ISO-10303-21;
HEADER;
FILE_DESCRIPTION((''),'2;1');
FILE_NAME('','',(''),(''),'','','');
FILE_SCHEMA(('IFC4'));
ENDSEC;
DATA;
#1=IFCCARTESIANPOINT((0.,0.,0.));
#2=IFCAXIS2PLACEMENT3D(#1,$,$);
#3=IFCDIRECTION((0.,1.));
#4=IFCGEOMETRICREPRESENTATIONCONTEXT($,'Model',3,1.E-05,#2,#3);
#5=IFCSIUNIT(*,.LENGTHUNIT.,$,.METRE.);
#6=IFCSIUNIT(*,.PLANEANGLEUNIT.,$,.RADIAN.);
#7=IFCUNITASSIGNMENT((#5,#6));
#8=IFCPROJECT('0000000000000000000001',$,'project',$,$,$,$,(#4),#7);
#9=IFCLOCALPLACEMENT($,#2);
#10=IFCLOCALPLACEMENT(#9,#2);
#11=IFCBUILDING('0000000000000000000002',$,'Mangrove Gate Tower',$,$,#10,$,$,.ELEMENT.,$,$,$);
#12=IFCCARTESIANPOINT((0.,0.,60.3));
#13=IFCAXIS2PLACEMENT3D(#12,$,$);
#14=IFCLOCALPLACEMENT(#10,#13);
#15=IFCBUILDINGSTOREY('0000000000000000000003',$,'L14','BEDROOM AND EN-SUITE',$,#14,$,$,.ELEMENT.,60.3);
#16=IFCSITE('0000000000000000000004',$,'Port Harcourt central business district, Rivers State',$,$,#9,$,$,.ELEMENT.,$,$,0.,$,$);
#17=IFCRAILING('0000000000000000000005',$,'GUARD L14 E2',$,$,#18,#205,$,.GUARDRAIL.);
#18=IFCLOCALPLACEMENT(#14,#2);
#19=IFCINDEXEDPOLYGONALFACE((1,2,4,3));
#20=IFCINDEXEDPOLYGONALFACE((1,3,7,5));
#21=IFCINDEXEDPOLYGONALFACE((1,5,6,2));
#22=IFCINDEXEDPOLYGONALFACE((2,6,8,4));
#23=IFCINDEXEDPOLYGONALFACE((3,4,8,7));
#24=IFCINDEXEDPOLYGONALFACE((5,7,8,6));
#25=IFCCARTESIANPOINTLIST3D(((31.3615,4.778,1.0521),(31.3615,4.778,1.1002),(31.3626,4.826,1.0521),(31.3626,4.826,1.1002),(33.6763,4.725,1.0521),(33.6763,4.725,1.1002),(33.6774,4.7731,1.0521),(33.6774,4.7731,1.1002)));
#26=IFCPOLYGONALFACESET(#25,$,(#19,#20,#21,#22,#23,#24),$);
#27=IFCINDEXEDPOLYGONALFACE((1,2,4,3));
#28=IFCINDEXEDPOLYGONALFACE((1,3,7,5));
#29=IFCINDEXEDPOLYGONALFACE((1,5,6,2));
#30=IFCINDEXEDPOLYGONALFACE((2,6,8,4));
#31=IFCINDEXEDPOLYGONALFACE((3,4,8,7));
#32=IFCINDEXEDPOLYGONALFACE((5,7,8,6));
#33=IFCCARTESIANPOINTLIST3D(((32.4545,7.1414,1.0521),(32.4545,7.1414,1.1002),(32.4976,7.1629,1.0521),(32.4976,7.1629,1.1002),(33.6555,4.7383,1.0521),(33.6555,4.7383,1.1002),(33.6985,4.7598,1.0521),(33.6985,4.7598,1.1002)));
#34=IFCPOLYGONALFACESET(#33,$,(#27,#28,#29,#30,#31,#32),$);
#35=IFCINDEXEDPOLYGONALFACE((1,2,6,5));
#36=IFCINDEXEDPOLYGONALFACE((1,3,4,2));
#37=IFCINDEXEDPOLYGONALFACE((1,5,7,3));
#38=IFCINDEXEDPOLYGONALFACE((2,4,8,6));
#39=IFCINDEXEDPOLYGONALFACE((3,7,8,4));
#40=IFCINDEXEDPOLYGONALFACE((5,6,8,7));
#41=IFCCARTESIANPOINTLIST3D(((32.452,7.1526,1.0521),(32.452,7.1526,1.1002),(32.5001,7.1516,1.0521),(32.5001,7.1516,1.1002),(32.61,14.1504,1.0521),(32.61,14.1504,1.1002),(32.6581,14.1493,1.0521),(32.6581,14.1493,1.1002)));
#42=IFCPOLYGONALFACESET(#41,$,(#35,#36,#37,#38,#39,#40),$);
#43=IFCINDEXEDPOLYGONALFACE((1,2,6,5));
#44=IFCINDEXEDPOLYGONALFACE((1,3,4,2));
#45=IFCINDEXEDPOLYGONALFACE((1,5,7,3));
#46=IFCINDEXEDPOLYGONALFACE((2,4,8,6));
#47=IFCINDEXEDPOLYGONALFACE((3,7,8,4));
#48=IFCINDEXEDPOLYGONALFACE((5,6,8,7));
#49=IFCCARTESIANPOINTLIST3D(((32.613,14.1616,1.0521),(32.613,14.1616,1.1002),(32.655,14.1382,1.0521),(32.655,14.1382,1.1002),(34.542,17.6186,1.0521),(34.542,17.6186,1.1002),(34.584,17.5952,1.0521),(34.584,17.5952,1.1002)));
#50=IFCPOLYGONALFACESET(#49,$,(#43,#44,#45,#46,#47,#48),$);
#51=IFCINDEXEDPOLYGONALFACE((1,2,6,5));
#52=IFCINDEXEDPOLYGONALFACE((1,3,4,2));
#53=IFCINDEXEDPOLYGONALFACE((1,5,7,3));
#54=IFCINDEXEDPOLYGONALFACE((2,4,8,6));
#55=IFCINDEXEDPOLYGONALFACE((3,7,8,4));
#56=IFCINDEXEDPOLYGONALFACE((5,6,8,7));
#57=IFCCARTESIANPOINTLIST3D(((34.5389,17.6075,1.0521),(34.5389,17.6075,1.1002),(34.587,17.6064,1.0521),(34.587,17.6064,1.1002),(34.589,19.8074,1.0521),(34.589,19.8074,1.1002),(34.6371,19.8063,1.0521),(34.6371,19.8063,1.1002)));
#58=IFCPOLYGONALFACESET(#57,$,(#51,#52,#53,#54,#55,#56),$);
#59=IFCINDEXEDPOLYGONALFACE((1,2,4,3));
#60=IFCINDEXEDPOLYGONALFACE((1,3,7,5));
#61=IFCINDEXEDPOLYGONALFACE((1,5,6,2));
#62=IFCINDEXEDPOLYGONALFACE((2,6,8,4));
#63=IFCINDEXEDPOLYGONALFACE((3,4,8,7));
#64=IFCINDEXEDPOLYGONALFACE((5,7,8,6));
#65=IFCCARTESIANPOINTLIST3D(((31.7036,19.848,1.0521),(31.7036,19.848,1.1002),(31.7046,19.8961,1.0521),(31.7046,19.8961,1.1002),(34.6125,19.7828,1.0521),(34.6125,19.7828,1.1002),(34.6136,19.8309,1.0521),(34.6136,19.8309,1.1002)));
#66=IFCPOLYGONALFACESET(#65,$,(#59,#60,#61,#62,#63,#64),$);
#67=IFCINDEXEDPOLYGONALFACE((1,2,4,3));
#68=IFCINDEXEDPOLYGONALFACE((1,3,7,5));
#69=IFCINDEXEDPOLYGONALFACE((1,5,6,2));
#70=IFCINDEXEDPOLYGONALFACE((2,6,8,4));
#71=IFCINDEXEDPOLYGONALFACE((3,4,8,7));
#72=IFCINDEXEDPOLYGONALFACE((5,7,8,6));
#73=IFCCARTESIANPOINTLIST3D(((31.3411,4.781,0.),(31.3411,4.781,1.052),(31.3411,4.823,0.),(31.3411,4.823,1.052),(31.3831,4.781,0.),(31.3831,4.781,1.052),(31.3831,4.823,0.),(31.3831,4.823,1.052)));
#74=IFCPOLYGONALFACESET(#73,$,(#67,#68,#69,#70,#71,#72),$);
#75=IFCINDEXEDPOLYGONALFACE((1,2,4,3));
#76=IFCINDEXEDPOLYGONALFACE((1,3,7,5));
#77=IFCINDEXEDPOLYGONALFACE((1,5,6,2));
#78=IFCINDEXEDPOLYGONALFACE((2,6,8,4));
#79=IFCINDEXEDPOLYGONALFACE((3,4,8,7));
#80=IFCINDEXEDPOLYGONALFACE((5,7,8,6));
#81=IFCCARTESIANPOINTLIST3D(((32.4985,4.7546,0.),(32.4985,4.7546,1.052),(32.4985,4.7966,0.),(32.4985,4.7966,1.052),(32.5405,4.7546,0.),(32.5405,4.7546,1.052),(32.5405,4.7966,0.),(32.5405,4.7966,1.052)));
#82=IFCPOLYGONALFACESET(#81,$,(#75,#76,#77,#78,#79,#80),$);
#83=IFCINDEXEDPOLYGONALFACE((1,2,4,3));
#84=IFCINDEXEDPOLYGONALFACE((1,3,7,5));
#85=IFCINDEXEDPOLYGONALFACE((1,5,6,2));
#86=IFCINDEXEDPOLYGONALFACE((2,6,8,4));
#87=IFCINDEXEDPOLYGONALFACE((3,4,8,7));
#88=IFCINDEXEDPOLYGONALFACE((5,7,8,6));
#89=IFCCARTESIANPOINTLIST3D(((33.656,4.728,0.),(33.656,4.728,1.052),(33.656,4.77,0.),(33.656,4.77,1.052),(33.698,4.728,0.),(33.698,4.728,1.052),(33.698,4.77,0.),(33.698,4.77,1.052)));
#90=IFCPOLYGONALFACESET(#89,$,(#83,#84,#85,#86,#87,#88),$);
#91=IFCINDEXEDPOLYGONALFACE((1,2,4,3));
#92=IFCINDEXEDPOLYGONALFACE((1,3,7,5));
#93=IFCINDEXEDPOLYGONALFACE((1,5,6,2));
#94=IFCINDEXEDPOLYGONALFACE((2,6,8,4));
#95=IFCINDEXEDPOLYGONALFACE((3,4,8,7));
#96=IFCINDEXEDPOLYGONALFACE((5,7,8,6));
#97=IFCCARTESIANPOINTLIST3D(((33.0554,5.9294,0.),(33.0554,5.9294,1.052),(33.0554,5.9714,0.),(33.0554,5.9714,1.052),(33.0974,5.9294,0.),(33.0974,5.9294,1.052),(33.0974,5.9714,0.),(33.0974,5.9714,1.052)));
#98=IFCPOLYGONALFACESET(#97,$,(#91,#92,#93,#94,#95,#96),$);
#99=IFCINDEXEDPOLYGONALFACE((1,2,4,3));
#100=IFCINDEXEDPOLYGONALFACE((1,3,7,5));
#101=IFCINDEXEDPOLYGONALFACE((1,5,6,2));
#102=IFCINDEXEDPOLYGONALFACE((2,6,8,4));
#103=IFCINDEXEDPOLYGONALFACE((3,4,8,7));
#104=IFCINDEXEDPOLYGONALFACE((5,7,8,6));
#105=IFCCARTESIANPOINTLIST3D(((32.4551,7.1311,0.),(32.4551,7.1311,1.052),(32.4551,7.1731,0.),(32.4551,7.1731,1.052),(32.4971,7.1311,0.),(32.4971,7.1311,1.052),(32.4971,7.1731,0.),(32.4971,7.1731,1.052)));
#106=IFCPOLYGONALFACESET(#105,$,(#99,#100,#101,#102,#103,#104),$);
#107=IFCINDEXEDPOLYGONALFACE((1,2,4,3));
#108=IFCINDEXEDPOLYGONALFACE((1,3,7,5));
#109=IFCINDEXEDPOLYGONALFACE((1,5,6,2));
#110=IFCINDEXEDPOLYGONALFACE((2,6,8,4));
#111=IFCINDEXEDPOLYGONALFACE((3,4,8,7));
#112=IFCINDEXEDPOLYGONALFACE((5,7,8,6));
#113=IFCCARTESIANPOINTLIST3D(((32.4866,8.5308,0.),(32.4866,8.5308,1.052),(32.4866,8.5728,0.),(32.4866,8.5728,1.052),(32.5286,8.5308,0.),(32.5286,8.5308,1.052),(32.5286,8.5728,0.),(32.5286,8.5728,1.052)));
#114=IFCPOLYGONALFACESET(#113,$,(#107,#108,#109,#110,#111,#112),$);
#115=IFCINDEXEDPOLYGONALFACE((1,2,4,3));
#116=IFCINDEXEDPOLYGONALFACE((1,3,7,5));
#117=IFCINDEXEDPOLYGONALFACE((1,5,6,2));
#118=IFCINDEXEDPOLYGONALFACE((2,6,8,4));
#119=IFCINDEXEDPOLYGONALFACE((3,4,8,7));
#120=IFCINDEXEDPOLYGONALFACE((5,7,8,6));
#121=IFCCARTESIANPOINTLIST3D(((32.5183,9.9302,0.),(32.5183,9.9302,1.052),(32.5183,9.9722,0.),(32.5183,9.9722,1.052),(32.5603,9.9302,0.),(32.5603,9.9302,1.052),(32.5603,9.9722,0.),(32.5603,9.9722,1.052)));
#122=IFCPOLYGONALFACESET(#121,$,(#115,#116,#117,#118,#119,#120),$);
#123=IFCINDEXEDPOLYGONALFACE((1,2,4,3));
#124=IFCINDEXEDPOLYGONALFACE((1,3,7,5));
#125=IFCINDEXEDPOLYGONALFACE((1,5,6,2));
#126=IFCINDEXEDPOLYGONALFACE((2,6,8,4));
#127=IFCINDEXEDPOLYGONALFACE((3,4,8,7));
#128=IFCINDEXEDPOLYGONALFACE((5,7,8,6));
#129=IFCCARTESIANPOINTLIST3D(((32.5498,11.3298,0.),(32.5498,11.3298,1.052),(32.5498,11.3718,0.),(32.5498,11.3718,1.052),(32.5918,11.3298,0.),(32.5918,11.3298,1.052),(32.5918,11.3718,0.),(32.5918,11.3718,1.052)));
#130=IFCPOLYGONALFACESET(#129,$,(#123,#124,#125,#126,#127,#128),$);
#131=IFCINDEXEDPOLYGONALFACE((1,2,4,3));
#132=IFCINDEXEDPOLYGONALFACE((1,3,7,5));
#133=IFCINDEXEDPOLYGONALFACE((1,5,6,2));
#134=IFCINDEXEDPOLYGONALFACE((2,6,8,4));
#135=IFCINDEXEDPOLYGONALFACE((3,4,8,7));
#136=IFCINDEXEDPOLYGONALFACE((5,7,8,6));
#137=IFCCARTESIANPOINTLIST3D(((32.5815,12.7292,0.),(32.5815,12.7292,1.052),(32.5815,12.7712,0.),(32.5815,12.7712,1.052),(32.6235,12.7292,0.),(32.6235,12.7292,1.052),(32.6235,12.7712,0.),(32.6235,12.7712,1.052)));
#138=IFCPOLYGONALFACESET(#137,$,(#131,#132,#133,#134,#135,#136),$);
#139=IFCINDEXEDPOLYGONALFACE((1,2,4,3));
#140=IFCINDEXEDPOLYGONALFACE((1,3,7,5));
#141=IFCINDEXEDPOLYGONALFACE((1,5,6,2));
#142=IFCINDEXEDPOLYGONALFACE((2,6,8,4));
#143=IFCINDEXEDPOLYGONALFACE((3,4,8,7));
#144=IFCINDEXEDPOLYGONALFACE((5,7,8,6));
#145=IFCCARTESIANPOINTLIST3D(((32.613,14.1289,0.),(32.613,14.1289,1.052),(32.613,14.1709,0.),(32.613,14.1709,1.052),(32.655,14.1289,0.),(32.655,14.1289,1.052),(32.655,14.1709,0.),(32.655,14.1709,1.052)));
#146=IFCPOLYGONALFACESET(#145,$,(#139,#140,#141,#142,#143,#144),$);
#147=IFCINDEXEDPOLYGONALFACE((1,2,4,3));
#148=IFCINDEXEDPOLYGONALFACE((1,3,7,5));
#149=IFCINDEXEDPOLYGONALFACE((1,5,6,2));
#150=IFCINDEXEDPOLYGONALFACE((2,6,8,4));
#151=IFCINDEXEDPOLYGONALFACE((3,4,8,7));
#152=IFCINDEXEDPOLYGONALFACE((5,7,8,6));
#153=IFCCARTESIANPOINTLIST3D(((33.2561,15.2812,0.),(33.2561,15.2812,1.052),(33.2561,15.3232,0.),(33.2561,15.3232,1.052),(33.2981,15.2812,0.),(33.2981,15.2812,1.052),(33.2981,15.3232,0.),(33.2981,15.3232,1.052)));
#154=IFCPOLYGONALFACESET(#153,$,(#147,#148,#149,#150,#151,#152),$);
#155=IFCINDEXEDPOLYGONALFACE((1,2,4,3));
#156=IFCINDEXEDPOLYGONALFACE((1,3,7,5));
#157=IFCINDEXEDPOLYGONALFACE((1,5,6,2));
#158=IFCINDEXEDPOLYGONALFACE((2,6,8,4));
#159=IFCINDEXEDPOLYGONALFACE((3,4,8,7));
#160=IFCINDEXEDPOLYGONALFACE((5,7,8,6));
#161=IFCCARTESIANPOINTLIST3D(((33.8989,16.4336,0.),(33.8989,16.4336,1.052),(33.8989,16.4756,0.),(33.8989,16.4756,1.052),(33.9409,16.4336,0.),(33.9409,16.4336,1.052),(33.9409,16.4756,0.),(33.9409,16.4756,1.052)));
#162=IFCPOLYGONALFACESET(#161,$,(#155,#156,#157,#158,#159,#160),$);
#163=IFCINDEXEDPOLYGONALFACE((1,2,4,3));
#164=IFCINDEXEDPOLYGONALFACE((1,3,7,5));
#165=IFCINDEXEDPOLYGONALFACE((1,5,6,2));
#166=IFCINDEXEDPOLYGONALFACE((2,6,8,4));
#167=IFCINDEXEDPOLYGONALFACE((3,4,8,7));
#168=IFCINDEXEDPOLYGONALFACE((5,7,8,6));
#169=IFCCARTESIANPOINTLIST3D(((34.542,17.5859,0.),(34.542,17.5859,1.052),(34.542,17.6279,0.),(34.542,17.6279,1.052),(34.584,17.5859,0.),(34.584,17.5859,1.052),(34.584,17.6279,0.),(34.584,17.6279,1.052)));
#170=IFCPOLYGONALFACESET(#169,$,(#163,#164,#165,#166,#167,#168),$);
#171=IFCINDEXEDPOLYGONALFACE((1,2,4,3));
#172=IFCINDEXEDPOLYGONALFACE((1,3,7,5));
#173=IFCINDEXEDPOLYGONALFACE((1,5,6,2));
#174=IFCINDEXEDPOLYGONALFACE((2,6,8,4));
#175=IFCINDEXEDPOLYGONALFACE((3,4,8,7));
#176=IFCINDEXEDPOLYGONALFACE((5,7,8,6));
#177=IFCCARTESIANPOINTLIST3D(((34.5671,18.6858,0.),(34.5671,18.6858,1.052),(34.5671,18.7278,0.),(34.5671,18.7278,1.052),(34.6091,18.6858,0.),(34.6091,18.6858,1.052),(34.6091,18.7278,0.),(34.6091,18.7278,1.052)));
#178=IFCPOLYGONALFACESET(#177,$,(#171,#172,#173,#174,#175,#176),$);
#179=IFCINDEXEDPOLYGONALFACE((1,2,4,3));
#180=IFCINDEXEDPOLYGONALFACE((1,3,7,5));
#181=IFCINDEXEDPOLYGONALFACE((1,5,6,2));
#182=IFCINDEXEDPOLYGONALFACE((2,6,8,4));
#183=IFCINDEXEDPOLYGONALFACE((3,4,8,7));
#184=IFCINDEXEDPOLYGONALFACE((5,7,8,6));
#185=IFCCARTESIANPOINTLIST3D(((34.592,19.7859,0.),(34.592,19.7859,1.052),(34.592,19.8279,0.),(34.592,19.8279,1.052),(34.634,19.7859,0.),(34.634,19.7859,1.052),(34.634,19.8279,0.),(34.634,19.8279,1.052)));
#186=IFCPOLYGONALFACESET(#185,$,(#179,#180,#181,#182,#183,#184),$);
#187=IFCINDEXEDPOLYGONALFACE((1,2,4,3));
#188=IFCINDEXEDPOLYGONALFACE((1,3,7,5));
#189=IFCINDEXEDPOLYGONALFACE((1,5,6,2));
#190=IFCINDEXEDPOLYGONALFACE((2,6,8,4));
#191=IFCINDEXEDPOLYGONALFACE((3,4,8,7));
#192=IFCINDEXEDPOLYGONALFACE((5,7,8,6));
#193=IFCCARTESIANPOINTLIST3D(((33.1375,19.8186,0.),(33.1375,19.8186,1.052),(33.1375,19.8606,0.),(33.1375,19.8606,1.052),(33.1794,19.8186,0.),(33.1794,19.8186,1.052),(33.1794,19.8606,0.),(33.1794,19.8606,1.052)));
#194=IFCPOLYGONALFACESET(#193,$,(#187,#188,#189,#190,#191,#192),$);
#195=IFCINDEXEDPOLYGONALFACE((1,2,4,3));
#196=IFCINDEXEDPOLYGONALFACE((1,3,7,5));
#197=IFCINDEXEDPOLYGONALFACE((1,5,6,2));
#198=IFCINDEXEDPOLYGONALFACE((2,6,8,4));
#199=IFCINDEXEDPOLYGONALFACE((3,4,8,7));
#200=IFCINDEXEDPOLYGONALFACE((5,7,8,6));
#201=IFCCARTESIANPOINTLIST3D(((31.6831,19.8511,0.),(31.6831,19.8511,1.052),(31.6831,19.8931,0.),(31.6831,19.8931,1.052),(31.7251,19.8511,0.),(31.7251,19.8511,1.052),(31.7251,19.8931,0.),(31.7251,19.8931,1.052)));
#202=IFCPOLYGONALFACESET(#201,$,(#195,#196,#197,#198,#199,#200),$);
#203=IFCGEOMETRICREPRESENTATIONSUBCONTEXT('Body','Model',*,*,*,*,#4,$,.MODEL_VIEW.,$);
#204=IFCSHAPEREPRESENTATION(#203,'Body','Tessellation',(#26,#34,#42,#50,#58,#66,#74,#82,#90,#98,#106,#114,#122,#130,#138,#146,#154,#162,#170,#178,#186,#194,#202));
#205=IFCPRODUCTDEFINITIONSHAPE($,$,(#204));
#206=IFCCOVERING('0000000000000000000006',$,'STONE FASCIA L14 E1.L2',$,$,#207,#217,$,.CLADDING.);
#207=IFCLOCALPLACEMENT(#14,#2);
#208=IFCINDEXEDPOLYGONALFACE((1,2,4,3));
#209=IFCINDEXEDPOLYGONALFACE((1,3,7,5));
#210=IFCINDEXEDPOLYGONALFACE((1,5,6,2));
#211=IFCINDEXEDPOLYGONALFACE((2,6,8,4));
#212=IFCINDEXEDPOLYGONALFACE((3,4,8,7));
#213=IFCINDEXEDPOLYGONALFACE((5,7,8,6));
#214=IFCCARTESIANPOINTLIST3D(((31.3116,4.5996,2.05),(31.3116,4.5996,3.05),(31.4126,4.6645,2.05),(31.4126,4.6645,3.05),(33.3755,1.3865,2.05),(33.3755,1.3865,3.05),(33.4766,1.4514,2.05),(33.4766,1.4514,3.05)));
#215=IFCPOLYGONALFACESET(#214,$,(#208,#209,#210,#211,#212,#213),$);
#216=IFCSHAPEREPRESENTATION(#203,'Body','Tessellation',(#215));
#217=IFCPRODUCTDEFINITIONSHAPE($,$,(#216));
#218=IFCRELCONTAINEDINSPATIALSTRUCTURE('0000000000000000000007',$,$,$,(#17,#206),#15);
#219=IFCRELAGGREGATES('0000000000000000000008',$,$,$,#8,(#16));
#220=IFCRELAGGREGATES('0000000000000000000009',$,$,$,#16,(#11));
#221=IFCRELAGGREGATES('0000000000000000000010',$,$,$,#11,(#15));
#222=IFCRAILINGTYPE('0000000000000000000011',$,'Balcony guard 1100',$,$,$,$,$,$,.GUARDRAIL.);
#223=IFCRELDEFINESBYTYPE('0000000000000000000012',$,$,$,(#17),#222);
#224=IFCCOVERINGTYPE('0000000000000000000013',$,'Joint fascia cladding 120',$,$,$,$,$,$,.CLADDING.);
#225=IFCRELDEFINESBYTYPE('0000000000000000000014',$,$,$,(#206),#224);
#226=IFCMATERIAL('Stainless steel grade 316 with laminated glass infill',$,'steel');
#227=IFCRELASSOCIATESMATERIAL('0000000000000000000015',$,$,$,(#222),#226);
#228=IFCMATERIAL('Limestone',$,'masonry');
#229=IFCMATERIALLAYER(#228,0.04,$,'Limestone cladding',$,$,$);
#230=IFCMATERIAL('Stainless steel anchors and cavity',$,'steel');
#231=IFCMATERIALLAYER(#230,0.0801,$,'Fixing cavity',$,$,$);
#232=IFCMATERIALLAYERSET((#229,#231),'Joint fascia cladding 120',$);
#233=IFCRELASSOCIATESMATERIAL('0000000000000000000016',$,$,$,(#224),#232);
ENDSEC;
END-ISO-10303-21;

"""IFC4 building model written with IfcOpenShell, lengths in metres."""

from ifc_helpers import new_model, si_unit, direction, frame, frame_2d, origin, origin_2d, place, context, subcontext, project, spatial, rectangle, extrude, material, layer, layer_set, type_object, element, save


model = new_model("IFC4")

# Units and contexts
model_context = context("Model", 3, precision=1e-05, world=origin(), true_north=direction((0.0, 1.0)))
body_context = subcontext(model_context, "Body", "Model", "MODEL_VIEW")
ifc_project = project(units=[si_unit("LENGTHUNIT", "METRE"), si_unit("PLANEANGLEUNIT", "RADIAN")], contexts=[model_context])

# Site, building, storey
site_placement = place(None, origin())
site = spatial("IfcSite", under=ifc_project, at=site_placement, Name="Port Harcourt central business district, Rivers State", CompositionType="ELEMENT", RefElevation=0.0)
building_placement = place(site_placement, origin())
building = spatial("IfcBuilding", under=site, at=building_placement, Name="Mangrove Gate Tower", CompositionType="ELEMENT")
storey_placement = place(building_placement, frame((0.0, 0.0, 60.3)))
storey = spatial("IfcBuildingStorey", under=building, at=storey_placement, Name="L14", Description="BEDROOM AND EN-SUITE", CompositionType="ELEMENT", Elevation=60.3)

# Shared definitions
ifc_material_1 = material(Name="Limestone", Category="masonry")

# Railing
ifc_material_2 = material(Name="Stainless steel grade 316 with laminated glass infill", Category="steel")
railing_type = type_object("IfcRailingType", Name="Balcony guard 1100", PredefinedType="GUARDRAIL", material=ifc_material_2)
railing_placement = place(storey_placement, frame((31.3621, 4.802, 0.0)))
element("IfcRailing", 1, at=railing_placement, inside=storey, type_object=railing_type, Name="GUARD L14 E2", PredefinedType="GUARDRAIL", context=body_context, shape_type="SweptSolid", body=[
    extrude(rectangle(XDim=0.0481, YDim=0.0481, at=origin_2d()), frame((0.0, 0.0, 1.0762), z_axis=(0.999738, -0.022879, 0.0), x_axis=(0.022879, 0.999738, 0.0)), (0.0, 0.0, 1.0), 2.3154),
    extrude(rectangle(XDim=0.0481, YDim=0.0481, at=origin_2d()), frame((2.3149, -0.053, 1.0762), z_axis=(-0.447032, 0.894518, 0.0), x_axis=(-0.894518, -0.447032, 0.0)), (0.0, 0.0, 1.0), 2.6865),
    extrude(rectangle(XDim=0.0481, YDim=0.0481, at=origin_2d()), frame((1.114, 2.3501, 1.0762), z_axis=(0.022567, 0.999745, 0.0), x_axis=(-0.999745, 0.022567, 0.0)), (0.0, 0.0, 1.0), 6.9995),
    extrude(rectangle(XDim=0.0481, YDim=0.0481, at=origin_2d()), frame((1.272, 9.3479, 1.0762), z_axis=(0.48726, 0.873257, 0.0), x_axis=(-0.873257, 0.48726, 0.0)), (0.0, 0.0, 1.0), 3.9587),
    extrude(rectangle(XDim=0.0481, YDim=0.0481, at=origin_2d()), frame((3.2009, 12.8049, 1.0762), z_axis=(0.022744, 0.999741, 0.0), x_axis=(-0.999741, 0.022744, 0.0)), (0.0, 0.0, 1.0), 2.2004),
    extrude(rectangle(XDim=0.0481, YDim=0.0481, at=origin_2d()), frame((3.251, 15.0049, 1.0762), z_axis=(-0.999749, 0.022403, 0.0), x_axis=(-0.022403, -0.999749, 0.0)), (0.0, 0.0, 1.0), 2.9097),
    extrude(rectangle(XDim=0.042, YDim=0.042, at=origin_2d()), origin(), (0.0, 0.0, 1.0), 1.052),
    extrude(rectangle(XDim=0.042, YDim=0.042, at=origin_2d()), frame((1.1575, -0.0264, 0.0)), (0.0, 0.0, 1.0), 1.052),
    extrude(rectangle(XDim=0.042, YDim=0.042, at=origin_2d()), frame((2.3149, -0.053, 0.0)), (0.0, 0.0, 1.0), 1.052),
    extrude(rectangle(XDim=0.042, YDim=0.042, at=origin_2d()), frame((1.7144, 1.1484, 0.0)), (0.0, 0.0, 1.0), 1.052),
    extrude(rectangle(XDim=0.042, YDim=0.042, at=origin_2d()), frame((1.114, 2.3501, 0.0)), (0.0, 0.0, 1.0), 1.052),
    extrude(rectangle(XDim=0.042, YDim=0.042, at=origin_2d()), frame((1.1455, 3.7498, 0.0)), (0.0, 0.0, 1.0), 1.052),
    extrude(rectangle(XDim=0.042, YDim=0.042, at=origin_2d()), frame((1.1772, 5.1492, 0.0)), (0.0, 0.0, 1.0), 1.052),
    extrude(rectangle(XDim=0.042, YDim=0.042, at=origin_2d()), frame((1.2087, 6.5488, 0.0)), (0.0, 0.0, 1.0), 1.052),
    extrude(rectangle(XDim=0.042, YDim=0.042, at=origin_2d()), frame((1.2405, 7.9482, 0.0)), (0.0, 0.0, 1.0), 1.052),
    extrude(rectangle(XDim=0.042, YDim=0.042, at=origin_2d()), frame((1.272, 9.3479, 0.0)), (0.0, 0.0, 1.0), 1.052),
    extrude(rectangle(XDim=0.042, YDim=0.042, at=origin_2d()), frame((1.915, 10.5002, 0.0)), (0.0, 0.0, 1.0), 1.052),
    extrude(rectangle(XDim=0.042, YDim=0.042, at=origin_2d()), frame((2.5579, 11.6526, 0.0)), (0.0, 0.0, 1.0), 1.052),
    extrude(rectangle(XDim=0.042, YDim=0.042, at=origin_2d()), frame((3.2009, 12.8049, 0.0)), (0.0, 0.0, 1.0), 1.052),
    extrude(rectangle(XDim=0.042, YDim=0.042, at=origin_2d()), frame((3.2261, 13.9048, 0.0)), (0.0, 0.0, 1.0), 1.052),
    extrude(rectangle(XDim=0.042, YDim=0.042, at=origin_2d()), frame((3.251, 15.0049, 0.0)), (0.0, 0.0, 1.0), 1.052),
    extrude(rectangle(XDim=0.042, YDim=0.042, at=origin_2d()), frame((1.7964, 15.0376, 0.0)), (0.0, 0.0, 1.0), 1.052),
    extrude(rectangle(XDim=0.042, YDim=0.042, at=origin_2d()), frame((0.342, 15.0701, 0.0)), (0.0, 0.0, 1.0), 1.052),
])

# Covering
ifc_layer_1 = layer(ifc_material_1, 0.04, Name="Limestone cladding")
ifc_material_3 = material(Name="Stainless steel anchors and cavity", Category="steel")
ifc_layer_2 = layer(ifc_material_3, 0.0801, Name="Fixing cavity")
ifc_layer_set_1 = layer_set([ifc_layer_1, ifc_layer_2], Name="Joint fascia cladding 120")
covering_type = type_object("IfcCoveringType", Name="Joint fascia cladding 120", PredefinedType="CLADDING", material=ifc_layer_set_1)
covering_placement = place(storey_placement, frame((33.426, 1.4189, 2.05), z_axis=(0.0, 0.0, 1.0), x_axis=(-0.540457, 0.841372, 0.0)))
element("IfcCovering", 2, at=covering_placement, inside=storey, type_object=covering_type, Name="STONE FASCIA L14 E1.L2", PredefinedType="CLADDING", context=body_context, shape_type="SweptSolid", body=[
    extrude(rectangle(XDim=3.8188, YDim=0.1201, at=frame_2d((1.9094, 0.0))), origin(), (0.0, 0.0, 1.0), 1.0),
])

save(model, "model.ifc")
